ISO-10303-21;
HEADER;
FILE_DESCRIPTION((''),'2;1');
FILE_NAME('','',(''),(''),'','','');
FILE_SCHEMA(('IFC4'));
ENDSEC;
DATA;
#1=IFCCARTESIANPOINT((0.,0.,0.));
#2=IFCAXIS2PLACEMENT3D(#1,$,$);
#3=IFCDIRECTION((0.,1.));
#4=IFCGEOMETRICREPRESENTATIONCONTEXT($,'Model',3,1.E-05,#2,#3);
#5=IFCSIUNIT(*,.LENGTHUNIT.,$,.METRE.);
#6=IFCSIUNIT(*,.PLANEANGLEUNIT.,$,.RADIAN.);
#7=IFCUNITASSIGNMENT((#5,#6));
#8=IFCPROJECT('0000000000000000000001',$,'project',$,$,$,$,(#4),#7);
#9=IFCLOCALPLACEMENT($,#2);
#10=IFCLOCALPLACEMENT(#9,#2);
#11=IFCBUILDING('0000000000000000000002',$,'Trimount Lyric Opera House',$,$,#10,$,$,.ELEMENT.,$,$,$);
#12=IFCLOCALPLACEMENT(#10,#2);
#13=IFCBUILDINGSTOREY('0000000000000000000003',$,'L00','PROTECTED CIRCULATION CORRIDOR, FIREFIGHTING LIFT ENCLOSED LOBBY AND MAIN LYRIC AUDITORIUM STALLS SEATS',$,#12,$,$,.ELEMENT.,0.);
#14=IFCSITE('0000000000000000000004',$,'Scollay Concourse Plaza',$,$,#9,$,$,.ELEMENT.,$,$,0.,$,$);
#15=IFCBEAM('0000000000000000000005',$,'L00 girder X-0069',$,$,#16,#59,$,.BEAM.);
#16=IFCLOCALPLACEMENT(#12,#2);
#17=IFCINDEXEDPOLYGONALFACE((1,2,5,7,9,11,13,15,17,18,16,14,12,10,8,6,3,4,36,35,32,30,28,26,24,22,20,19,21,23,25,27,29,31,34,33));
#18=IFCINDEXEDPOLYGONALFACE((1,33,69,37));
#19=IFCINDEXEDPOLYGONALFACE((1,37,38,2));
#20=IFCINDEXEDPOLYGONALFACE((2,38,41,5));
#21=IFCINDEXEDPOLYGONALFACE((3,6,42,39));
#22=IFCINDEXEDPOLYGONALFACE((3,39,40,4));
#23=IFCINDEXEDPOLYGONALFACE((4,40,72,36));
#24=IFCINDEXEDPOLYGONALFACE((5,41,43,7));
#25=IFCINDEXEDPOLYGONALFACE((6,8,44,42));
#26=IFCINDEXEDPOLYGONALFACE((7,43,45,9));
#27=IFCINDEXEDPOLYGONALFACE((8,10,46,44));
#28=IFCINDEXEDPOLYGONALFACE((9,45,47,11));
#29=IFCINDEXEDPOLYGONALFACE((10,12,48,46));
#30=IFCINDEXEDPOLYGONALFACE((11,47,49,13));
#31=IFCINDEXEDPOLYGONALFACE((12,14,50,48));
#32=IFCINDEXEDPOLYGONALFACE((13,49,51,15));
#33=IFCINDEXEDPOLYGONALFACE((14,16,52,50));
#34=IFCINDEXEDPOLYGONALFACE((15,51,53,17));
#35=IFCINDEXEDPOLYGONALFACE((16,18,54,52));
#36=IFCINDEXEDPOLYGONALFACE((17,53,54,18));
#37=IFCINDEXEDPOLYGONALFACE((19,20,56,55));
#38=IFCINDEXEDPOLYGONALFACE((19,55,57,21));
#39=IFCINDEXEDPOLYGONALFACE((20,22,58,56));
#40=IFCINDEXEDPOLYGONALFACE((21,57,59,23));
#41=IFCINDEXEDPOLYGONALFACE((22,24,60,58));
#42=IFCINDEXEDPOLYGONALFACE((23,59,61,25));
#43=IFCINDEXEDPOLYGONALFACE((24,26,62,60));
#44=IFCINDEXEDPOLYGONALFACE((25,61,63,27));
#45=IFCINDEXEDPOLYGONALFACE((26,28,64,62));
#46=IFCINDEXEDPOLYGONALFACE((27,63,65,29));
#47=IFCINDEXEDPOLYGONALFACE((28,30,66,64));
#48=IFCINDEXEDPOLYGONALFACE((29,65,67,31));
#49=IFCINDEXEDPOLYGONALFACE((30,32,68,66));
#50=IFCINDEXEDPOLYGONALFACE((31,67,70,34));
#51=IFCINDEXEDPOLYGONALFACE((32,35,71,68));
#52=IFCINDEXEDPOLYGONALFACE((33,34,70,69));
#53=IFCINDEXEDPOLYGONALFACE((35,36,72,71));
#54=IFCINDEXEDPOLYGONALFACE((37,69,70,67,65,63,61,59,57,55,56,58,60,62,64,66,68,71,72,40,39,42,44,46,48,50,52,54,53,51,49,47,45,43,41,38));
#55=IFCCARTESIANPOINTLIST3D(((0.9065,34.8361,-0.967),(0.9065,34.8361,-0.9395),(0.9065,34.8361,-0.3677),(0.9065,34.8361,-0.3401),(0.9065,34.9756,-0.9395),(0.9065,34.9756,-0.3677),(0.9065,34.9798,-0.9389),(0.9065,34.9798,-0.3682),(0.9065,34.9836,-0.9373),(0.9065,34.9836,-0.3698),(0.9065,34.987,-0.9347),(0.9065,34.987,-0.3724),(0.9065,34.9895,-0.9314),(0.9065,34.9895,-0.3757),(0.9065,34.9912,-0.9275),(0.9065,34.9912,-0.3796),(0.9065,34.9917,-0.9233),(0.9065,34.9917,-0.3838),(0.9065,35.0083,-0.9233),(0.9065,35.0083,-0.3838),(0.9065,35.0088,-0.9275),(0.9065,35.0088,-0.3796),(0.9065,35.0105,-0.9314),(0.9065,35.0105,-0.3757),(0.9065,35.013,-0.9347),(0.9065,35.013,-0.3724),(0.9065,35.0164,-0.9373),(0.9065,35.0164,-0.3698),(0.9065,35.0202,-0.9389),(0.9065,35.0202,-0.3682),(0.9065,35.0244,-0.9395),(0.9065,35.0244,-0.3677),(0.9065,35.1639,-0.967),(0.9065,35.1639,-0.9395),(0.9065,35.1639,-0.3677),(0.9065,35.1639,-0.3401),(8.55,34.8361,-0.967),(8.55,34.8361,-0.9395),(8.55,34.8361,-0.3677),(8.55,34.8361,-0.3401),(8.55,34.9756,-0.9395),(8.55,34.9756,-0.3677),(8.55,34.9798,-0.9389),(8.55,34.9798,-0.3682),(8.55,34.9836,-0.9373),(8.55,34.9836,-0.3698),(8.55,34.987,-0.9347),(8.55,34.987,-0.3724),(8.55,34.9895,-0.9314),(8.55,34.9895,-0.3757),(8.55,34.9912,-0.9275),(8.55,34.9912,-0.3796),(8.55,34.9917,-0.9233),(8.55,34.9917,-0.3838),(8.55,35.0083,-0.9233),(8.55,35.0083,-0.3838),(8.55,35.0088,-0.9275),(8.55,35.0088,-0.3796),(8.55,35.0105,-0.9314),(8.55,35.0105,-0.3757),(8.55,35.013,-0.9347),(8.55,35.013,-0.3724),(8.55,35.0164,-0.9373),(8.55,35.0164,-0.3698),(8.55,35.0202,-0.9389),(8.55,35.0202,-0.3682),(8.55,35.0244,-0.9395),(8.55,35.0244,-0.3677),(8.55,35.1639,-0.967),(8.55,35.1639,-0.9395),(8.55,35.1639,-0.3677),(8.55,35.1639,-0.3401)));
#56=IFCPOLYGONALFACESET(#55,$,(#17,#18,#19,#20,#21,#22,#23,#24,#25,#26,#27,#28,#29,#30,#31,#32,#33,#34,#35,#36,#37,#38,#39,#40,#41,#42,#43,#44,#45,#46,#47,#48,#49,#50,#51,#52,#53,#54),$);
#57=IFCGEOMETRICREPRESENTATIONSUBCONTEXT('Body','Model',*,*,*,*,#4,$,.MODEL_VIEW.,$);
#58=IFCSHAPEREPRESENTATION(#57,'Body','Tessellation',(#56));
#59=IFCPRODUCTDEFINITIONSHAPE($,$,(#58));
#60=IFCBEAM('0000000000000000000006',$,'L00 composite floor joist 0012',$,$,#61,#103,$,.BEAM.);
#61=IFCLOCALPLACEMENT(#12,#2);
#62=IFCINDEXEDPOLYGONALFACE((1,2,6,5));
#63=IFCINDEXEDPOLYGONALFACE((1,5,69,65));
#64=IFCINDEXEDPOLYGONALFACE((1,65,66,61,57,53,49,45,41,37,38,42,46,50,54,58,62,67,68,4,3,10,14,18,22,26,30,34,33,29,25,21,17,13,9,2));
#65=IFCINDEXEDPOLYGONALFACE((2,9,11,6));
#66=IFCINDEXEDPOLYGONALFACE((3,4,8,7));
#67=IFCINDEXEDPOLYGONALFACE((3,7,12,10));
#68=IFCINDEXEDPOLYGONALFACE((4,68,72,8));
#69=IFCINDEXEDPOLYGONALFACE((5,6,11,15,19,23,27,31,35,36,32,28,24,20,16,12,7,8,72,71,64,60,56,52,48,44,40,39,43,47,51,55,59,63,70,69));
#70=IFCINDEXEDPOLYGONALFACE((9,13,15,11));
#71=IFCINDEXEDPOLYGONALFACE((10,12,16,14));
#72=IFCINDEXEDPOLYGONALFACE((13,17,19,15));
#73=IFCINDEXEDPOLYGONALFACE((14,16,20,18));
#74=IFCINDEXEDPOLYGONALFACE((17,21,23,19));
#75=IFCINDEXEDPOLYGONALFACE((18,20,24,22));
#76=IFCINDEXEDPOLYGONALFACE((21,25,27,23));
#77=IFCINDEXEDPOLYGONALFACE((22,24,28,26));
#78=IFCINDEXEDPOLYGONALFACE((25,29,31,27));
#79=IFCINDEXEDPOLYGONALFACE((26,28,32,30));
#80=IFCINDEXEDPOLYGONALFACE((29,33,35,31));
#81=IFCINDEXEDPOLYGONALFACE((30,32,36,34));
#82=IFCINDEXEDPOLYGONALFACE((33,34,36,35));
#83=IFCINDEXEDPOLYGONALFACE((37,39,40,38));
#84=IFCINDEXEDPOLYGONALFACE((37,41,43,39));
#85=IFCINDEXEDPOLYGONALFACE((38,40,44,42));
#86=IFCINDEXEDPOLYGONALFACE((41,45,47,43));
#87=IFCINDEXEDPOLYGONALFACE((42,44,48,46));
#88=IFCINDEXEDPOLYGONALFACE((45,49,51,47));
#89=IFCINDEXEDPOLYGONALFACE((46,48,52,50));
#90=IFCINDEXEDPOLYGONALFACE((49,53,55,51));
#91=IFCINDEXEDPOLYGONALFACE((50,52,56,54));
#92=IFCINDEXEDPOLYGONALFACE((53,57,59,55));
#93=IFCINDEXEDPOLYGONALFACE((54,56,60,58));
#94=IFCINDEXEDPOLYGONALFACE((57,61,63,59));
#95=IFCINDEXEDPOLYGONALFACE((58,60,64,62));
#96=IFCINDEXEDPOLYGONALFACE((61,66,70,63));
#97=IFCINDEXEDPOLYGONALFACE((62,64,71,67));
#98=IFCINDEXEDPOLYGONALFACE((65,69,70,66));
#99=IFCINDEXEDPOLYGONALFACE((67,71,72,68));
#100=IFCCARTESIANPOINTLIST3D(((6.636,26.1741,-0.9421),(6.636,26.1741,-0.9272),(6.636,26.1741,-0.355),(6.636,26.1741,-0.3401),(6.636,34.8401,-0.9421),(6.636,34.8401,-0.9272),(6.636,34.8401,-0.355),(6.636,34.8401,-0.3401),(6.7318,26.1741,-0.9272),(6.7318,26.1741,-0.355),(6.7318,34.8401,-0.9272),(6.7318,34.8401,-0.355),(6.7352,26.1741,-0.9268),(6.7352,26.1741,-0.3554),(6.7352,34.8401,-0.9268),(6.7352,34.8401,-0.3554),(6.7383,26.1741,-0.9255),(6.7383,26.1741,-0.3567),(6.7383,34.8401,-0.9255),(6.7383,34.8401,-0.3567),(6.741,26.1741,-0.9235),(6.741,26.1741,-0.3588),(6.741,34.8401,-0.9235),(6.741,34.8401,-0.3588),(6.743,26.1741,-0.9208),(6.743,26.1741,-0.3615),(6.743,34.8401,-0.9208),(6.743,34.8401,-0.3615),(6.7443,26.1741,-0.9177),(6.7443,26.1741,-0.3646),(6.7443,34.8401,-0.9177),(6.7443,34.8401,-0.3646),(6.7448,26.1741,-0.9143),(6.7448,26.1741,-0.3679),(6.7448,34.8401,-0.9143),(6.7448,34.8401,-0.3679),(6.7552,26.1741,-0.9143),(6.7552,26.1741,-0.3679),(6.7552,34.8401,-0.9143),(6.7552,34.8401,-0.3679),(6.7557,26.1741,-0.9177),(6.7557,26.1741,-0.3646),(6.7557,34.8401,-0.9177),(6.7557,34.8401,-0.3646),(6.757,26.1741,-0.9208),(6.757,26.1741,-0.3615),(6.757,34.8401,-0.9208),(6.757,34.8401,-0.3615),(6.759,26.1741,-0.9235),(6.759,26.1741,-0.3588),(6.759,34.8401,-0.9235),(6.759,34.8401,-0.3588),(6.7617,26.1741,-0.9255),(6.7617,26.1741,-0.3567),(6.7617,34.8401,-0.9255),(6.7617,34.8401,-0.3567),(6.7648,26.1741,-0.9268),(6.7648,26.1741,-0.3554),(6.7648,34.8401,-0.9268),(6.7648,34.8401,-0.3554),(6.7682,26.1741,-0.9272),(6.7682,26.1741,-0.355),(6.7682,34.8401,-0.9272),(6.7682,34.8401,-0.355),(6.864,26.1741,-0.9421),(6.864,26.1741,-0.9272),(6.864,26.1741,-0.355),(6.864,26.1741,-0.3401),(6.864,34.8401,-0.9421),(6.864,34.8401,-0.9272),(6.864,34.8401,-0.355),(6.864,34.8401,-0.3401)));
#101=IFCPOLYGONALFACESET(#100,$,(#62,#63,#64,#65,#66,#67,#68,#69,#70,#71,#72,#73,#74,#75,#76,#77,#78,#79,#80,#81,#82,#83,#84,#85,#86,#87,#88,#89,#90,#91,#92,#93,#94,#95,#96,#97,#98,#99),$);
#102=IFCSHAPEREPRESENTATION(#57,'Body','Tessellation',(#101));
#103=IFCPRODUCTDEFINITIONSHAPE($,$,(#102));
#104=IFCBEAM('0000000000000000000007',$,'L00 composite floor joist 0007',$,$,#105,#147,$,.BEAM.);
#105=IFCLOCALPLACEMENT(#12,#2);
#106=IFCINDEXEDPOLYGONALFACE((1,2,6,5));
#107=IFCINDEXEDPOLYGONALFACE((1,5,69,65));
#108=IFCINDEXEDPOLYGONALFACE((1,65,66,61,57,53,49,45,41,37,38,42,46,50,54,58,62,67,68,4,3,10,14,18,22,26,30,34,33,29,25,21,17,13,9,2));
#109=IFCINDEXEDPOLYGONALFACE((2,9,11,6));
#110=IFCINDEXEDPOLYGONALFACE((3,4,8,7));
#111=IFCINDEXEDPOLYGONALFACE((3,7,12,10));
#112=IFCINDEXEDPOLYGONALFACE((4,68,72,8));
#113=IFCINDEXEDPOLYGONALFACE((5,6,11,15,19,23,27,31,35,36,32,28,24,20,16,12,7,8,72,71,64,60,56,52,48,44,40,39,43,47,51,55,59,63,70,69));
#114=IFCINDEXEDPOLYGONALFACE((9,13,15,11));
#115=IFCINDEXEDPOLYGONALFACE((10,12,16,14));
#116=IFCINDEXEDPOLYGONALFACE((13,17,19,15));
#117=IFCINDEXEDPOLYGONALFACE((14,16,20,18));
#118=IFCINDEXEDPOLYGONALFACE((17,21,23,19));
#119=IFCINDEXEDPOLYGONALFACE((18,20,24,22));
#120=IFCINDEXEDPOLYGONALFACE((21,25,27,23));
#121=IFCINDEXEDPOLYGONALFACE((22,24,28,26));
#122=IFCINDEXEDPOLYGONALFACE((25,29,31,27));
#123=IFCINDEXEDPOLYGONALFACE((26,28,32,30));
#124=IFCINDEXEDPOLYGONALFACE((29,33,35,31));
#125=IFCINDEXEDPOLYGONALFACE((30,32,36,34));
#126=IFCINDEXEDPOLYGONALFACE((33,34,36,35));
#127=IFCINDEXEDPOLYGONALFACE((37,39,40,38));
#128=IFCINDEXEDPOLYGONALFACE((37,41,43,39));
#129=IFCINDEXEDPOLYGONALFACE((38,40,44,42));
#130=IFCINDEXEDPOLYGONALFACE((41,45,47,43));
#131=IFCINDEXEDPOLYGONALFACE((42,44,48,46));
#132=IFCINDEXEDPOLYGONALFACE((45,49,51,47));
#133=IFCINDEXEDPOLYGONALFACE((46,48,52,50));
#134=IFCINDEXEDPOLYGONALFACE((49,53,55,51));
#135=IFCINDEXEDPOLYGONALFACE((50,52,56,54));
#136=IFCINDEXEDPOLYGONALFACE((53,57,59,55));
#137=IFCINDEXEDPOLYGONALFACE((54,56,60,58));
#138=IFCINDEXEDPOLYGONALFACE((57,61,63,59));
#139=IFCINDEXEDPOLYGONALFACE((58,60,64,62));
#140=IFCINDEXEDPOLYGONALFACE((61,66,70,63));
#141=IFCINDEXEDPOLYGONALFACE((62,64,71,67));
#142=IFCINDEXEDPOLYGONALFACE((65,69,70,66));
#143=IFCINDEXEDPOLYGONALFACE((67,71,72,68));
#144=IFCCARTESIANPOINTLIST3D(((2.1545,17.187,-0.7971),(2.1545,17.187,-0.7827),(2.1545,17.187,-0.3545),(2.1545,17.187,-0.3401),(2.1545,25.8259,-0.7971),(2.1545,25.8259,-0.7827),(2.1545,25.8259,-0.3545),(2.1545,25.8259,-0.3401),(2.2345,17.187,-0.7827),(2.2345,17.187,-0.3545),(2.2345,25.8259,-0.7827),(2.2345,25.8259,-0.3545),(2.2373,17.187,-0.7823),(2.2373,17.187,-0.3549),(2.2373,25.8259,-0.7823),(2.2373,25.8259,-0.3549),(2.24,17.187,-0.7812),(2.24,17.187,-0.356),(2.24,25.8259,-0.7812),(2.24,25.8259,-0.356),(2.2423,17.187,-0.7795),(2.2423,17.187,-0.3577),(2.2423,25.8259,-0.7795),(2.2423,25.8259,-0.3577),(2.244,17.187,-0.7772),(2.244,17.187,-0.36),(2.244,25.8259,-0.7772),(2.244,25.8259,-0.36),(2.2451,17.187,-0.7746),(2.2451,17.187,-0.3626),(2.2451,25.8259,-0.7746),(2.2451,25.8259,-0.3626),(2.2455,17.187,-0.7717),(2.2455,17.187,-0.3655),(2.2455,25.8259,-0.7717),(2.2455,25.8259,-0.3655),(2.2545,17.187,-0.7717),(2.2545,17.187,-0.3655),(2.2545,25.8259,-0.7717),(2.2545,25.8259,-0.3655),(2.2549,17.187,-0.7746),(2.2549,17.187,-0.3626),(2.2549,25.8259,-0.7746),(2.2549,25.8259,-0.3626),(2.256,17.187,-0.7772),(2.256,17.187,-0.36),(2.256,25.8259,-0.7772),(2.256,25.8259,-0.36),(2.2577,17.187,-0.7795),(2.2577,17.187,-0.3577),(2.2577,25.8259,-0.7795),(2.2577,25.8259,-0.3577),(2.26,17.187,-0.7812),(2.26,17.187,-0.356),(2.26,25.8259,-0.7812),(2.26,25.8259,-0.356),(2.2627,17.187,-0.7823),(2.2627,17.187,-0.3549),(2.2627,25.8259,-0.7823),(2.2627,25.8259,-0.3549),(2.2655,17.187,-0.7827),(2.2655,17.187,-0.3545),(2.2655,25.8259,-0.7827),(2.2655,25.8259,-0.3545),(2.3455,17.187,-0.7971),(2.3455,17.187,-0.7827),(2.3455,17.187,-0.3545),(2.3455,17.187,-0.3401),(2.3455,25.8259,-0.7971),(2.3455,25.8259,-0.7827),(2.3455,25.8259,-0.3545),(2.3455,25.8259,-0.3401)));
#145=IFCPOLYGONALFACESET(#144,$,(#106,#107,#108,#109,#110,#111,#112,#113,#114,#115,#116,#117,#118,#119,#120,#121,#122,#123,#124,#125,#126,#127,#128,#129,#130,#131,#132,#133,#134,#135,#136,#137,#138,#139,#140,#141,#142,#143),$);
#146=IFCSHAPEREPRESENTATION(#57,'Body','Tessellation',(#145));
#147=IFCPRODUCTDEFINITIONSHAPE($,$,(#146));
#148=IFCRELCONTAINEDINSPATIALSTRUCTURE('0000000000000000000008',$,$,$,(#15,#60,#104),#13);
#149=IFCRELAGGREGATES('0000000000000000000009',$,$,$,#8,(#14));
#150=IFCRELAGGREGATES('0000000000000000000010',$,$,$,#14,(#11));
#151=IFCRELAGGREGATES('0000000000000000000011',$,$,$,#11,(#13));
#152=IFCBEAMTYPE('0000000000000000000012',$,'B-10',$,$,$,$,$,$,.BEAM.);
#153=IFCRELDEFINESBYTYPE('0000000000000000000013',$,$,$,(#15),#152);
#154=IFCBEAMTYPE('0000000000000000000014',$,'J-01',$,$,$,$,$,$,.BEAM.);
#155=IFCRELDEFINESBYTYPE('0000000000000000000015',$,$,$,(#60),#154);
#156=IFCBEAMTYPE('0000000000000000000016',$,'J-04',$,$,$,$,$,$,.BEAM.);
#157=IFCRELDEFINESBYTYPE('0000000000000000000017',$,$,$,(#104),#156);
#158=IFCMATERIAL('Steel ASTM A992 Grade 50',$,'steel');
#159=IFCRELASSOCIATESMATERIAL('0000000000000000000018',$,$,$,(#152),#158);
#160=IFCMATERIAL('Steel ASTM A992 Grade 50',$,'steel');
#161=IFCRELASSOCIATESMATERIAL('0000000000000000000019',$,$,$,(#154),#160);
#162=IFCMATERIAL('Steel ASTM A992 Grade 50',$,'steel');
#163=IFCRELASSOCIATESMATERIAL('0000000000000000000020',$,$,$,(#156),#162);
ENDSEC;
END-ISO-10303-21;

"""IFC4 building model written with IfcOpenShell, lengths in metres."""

from ifc_helpers import new_model, si_unit, direction, frame, origin, origin_2d, place, context, subcontext, project, spatial, i_section, extrude, material, material_profile, profile_set, type_object, element, save


model = new_model("IFC4")

# Units and contexts
model_context = context("Model", 3, precision=1e-05, world=origin(), true_north=direction((0.0, 1.0)))
body_context = subcontext(model_context, "Body", "Model", "MODEL_VIEW")
ifc_project = project(units=[si_unit("LENGTHUNIT", "METRE"), si_unit("PLANEANGLEUNIT", "RADIAN")], contexts=[model_context])

# Site, building, storey
site_placement = place(None, origin())
site = spatial("IfcSite", under=ifc_project, at=site_placement, Name="Scollay Concourse Plaza", CompositionType="ELEMENT", RefElevation=0.0)
building_placement = place(site_placement, origin())
building = spatial("IfcBuilding", under=site, at=building_placement, Name="Trimount Lyric Opera House", CompositionType="ELEMENT")
storey_placement = place(building_placement, origin())
storey = spatial("IfcBuildingStorey", under=building, at=storey_placement, Name="L00", Description="PROTECTED CIRCULATION CORRIDOR, FIREFIGHTING LIFT ENCLOSED LOBBY AND MAIN LYRIC AUDITORIUM STALLS SEATS", CompositionType="ELEMENT", Elevation=0.0)

# Beams
ifc_material_1 = material(Name="Steel ASTM A992 Grade 50", Category="steel")
ifc_material_profile_1 = material_profile(ifc_material_1, i_section(OverallWidth=0.3279, OverallDepth=0.627, WebThickness=0.0166, FlangeThickness=0.0276, FilletRadius=0.0161, at=origin_2d()), Name="W24X146")
ifc_profile_set_1 = profile_set([ifc_material_profile_1], Name="Steel ASTM A992 Grade 50")
beam_type_1 = type_object("IfcBeamType", Name="B-10", PredefinedType="BEAM", material=ifc_profile_set_1)
beam_1_placement = place(storey_placement, frame((0.9065, 35.0, -0.6536), z_axis=(1.0, 0.0, 0.0), x_axis=(0.0, 1.0, 0.0)))
element("IfcBeam", 1, at=beam_1_placement, inside=storey, type_object=beam_type_1, Name="L00 girder X-0069", PredefinedType="BEAM", context=body_context, shape_type="SweptSolid", body=[
    extrude(i_section(OverallWidth=0.3279, OverallDepth=0.627, WebThickness=0.0166, FlangeThickness=0.0276, FilletRadius=0.0161, at=origin_2d()), origin(), (0.0, 0.0, 1.0), 7.6436),
])
ifc_material_2 = material(Name="Steel ASTM A992 Grade 50", Category="steel")
ifc_material_profile_2 = material_profile(ifc_material_2, i_section(OverallWidth=0.228, OverallDepth=0.6021, WebThickness=0.0105, FlangeThickness=0.0149, FilletRadius=0.0129, at=origin_2d()), Name="W24X68")
ifc_profile_set_2 = profile_set([ifc_material_profile_2], Name="Steel ASTM A992 Grade 50")
beam_type_2 = type_object("IfcBeamType", Name="J-01", PredefinedType="BEAM", material=ifc_profile_set_2)
beam_2_placement = place(storey_placement, frame((6.75, 26.1741, -0.6411), z_axis=(0.0, 1.0, 0.0), x_axis=(-1.0, 0.0, 0.0)))
element("IfcBeam", 2, at=beam_2_placement, inside=storey, type_object=beam_type_2, Name="L00 composite floor joist 0012", PredefinedType="BEAM", context=body_context, shape_type="SweptSolid", body=[
    extrude(i_section(OverallWidth=0.228, OverallDepth=0.6021, WebThickness=0.0105, FlangeThickness=0.0149, FilletRadius=0.0129, at=origin_2d()), origin(), (0.0, 0.0, 1.0), 8.666),
])
ifc_material_3 = material(Name="Steel ASTM A992 Grade 50", Category="steel")
ifc_material_profile_3 = material_profile(ifc_material_3, i_section(OverallWidth=0.1909, OverallDepth=0.457, WebThickness=0.009, FlangeThickness=0.0144, FilletRadius=0.011, at=origin_2d()), Name="W18X50")
ifc_profile_set_3 = profile_set([ifc_material_profile_3], Name="Steel ASTM A992 Grade 50")
beam_type_3 = type_object("IfcBeamType", Name="J-04", PredefinedType="BEAM", material=ifc_profile_set_3)
beam_3_placement = place(storey_placement, frame((2.25, 17.187, -0.5686), z_axis=(0.0, 1.0, 0.0), x_axis=(-1.0, 0.0, 0.0)))
element("IfcBeam", 3, at=beam_3_placement, inside=storey, type_object=beam_type_3, Name="L00 composite floor joist 0007", PredefinedType="BEAM", context=body_context, shape_type="SweptSolid", body=[
    extrude(i_section(OverallWidth=0.1909, OverallDepth=0.457, WebThickness=0.009, FlangeThickness=0.0144, FilletRadius=0.011, at=origin_2d()), origin(), (0.0, 0.0, 1.0), 8.6389),
])

save(model, "model.ifc")
